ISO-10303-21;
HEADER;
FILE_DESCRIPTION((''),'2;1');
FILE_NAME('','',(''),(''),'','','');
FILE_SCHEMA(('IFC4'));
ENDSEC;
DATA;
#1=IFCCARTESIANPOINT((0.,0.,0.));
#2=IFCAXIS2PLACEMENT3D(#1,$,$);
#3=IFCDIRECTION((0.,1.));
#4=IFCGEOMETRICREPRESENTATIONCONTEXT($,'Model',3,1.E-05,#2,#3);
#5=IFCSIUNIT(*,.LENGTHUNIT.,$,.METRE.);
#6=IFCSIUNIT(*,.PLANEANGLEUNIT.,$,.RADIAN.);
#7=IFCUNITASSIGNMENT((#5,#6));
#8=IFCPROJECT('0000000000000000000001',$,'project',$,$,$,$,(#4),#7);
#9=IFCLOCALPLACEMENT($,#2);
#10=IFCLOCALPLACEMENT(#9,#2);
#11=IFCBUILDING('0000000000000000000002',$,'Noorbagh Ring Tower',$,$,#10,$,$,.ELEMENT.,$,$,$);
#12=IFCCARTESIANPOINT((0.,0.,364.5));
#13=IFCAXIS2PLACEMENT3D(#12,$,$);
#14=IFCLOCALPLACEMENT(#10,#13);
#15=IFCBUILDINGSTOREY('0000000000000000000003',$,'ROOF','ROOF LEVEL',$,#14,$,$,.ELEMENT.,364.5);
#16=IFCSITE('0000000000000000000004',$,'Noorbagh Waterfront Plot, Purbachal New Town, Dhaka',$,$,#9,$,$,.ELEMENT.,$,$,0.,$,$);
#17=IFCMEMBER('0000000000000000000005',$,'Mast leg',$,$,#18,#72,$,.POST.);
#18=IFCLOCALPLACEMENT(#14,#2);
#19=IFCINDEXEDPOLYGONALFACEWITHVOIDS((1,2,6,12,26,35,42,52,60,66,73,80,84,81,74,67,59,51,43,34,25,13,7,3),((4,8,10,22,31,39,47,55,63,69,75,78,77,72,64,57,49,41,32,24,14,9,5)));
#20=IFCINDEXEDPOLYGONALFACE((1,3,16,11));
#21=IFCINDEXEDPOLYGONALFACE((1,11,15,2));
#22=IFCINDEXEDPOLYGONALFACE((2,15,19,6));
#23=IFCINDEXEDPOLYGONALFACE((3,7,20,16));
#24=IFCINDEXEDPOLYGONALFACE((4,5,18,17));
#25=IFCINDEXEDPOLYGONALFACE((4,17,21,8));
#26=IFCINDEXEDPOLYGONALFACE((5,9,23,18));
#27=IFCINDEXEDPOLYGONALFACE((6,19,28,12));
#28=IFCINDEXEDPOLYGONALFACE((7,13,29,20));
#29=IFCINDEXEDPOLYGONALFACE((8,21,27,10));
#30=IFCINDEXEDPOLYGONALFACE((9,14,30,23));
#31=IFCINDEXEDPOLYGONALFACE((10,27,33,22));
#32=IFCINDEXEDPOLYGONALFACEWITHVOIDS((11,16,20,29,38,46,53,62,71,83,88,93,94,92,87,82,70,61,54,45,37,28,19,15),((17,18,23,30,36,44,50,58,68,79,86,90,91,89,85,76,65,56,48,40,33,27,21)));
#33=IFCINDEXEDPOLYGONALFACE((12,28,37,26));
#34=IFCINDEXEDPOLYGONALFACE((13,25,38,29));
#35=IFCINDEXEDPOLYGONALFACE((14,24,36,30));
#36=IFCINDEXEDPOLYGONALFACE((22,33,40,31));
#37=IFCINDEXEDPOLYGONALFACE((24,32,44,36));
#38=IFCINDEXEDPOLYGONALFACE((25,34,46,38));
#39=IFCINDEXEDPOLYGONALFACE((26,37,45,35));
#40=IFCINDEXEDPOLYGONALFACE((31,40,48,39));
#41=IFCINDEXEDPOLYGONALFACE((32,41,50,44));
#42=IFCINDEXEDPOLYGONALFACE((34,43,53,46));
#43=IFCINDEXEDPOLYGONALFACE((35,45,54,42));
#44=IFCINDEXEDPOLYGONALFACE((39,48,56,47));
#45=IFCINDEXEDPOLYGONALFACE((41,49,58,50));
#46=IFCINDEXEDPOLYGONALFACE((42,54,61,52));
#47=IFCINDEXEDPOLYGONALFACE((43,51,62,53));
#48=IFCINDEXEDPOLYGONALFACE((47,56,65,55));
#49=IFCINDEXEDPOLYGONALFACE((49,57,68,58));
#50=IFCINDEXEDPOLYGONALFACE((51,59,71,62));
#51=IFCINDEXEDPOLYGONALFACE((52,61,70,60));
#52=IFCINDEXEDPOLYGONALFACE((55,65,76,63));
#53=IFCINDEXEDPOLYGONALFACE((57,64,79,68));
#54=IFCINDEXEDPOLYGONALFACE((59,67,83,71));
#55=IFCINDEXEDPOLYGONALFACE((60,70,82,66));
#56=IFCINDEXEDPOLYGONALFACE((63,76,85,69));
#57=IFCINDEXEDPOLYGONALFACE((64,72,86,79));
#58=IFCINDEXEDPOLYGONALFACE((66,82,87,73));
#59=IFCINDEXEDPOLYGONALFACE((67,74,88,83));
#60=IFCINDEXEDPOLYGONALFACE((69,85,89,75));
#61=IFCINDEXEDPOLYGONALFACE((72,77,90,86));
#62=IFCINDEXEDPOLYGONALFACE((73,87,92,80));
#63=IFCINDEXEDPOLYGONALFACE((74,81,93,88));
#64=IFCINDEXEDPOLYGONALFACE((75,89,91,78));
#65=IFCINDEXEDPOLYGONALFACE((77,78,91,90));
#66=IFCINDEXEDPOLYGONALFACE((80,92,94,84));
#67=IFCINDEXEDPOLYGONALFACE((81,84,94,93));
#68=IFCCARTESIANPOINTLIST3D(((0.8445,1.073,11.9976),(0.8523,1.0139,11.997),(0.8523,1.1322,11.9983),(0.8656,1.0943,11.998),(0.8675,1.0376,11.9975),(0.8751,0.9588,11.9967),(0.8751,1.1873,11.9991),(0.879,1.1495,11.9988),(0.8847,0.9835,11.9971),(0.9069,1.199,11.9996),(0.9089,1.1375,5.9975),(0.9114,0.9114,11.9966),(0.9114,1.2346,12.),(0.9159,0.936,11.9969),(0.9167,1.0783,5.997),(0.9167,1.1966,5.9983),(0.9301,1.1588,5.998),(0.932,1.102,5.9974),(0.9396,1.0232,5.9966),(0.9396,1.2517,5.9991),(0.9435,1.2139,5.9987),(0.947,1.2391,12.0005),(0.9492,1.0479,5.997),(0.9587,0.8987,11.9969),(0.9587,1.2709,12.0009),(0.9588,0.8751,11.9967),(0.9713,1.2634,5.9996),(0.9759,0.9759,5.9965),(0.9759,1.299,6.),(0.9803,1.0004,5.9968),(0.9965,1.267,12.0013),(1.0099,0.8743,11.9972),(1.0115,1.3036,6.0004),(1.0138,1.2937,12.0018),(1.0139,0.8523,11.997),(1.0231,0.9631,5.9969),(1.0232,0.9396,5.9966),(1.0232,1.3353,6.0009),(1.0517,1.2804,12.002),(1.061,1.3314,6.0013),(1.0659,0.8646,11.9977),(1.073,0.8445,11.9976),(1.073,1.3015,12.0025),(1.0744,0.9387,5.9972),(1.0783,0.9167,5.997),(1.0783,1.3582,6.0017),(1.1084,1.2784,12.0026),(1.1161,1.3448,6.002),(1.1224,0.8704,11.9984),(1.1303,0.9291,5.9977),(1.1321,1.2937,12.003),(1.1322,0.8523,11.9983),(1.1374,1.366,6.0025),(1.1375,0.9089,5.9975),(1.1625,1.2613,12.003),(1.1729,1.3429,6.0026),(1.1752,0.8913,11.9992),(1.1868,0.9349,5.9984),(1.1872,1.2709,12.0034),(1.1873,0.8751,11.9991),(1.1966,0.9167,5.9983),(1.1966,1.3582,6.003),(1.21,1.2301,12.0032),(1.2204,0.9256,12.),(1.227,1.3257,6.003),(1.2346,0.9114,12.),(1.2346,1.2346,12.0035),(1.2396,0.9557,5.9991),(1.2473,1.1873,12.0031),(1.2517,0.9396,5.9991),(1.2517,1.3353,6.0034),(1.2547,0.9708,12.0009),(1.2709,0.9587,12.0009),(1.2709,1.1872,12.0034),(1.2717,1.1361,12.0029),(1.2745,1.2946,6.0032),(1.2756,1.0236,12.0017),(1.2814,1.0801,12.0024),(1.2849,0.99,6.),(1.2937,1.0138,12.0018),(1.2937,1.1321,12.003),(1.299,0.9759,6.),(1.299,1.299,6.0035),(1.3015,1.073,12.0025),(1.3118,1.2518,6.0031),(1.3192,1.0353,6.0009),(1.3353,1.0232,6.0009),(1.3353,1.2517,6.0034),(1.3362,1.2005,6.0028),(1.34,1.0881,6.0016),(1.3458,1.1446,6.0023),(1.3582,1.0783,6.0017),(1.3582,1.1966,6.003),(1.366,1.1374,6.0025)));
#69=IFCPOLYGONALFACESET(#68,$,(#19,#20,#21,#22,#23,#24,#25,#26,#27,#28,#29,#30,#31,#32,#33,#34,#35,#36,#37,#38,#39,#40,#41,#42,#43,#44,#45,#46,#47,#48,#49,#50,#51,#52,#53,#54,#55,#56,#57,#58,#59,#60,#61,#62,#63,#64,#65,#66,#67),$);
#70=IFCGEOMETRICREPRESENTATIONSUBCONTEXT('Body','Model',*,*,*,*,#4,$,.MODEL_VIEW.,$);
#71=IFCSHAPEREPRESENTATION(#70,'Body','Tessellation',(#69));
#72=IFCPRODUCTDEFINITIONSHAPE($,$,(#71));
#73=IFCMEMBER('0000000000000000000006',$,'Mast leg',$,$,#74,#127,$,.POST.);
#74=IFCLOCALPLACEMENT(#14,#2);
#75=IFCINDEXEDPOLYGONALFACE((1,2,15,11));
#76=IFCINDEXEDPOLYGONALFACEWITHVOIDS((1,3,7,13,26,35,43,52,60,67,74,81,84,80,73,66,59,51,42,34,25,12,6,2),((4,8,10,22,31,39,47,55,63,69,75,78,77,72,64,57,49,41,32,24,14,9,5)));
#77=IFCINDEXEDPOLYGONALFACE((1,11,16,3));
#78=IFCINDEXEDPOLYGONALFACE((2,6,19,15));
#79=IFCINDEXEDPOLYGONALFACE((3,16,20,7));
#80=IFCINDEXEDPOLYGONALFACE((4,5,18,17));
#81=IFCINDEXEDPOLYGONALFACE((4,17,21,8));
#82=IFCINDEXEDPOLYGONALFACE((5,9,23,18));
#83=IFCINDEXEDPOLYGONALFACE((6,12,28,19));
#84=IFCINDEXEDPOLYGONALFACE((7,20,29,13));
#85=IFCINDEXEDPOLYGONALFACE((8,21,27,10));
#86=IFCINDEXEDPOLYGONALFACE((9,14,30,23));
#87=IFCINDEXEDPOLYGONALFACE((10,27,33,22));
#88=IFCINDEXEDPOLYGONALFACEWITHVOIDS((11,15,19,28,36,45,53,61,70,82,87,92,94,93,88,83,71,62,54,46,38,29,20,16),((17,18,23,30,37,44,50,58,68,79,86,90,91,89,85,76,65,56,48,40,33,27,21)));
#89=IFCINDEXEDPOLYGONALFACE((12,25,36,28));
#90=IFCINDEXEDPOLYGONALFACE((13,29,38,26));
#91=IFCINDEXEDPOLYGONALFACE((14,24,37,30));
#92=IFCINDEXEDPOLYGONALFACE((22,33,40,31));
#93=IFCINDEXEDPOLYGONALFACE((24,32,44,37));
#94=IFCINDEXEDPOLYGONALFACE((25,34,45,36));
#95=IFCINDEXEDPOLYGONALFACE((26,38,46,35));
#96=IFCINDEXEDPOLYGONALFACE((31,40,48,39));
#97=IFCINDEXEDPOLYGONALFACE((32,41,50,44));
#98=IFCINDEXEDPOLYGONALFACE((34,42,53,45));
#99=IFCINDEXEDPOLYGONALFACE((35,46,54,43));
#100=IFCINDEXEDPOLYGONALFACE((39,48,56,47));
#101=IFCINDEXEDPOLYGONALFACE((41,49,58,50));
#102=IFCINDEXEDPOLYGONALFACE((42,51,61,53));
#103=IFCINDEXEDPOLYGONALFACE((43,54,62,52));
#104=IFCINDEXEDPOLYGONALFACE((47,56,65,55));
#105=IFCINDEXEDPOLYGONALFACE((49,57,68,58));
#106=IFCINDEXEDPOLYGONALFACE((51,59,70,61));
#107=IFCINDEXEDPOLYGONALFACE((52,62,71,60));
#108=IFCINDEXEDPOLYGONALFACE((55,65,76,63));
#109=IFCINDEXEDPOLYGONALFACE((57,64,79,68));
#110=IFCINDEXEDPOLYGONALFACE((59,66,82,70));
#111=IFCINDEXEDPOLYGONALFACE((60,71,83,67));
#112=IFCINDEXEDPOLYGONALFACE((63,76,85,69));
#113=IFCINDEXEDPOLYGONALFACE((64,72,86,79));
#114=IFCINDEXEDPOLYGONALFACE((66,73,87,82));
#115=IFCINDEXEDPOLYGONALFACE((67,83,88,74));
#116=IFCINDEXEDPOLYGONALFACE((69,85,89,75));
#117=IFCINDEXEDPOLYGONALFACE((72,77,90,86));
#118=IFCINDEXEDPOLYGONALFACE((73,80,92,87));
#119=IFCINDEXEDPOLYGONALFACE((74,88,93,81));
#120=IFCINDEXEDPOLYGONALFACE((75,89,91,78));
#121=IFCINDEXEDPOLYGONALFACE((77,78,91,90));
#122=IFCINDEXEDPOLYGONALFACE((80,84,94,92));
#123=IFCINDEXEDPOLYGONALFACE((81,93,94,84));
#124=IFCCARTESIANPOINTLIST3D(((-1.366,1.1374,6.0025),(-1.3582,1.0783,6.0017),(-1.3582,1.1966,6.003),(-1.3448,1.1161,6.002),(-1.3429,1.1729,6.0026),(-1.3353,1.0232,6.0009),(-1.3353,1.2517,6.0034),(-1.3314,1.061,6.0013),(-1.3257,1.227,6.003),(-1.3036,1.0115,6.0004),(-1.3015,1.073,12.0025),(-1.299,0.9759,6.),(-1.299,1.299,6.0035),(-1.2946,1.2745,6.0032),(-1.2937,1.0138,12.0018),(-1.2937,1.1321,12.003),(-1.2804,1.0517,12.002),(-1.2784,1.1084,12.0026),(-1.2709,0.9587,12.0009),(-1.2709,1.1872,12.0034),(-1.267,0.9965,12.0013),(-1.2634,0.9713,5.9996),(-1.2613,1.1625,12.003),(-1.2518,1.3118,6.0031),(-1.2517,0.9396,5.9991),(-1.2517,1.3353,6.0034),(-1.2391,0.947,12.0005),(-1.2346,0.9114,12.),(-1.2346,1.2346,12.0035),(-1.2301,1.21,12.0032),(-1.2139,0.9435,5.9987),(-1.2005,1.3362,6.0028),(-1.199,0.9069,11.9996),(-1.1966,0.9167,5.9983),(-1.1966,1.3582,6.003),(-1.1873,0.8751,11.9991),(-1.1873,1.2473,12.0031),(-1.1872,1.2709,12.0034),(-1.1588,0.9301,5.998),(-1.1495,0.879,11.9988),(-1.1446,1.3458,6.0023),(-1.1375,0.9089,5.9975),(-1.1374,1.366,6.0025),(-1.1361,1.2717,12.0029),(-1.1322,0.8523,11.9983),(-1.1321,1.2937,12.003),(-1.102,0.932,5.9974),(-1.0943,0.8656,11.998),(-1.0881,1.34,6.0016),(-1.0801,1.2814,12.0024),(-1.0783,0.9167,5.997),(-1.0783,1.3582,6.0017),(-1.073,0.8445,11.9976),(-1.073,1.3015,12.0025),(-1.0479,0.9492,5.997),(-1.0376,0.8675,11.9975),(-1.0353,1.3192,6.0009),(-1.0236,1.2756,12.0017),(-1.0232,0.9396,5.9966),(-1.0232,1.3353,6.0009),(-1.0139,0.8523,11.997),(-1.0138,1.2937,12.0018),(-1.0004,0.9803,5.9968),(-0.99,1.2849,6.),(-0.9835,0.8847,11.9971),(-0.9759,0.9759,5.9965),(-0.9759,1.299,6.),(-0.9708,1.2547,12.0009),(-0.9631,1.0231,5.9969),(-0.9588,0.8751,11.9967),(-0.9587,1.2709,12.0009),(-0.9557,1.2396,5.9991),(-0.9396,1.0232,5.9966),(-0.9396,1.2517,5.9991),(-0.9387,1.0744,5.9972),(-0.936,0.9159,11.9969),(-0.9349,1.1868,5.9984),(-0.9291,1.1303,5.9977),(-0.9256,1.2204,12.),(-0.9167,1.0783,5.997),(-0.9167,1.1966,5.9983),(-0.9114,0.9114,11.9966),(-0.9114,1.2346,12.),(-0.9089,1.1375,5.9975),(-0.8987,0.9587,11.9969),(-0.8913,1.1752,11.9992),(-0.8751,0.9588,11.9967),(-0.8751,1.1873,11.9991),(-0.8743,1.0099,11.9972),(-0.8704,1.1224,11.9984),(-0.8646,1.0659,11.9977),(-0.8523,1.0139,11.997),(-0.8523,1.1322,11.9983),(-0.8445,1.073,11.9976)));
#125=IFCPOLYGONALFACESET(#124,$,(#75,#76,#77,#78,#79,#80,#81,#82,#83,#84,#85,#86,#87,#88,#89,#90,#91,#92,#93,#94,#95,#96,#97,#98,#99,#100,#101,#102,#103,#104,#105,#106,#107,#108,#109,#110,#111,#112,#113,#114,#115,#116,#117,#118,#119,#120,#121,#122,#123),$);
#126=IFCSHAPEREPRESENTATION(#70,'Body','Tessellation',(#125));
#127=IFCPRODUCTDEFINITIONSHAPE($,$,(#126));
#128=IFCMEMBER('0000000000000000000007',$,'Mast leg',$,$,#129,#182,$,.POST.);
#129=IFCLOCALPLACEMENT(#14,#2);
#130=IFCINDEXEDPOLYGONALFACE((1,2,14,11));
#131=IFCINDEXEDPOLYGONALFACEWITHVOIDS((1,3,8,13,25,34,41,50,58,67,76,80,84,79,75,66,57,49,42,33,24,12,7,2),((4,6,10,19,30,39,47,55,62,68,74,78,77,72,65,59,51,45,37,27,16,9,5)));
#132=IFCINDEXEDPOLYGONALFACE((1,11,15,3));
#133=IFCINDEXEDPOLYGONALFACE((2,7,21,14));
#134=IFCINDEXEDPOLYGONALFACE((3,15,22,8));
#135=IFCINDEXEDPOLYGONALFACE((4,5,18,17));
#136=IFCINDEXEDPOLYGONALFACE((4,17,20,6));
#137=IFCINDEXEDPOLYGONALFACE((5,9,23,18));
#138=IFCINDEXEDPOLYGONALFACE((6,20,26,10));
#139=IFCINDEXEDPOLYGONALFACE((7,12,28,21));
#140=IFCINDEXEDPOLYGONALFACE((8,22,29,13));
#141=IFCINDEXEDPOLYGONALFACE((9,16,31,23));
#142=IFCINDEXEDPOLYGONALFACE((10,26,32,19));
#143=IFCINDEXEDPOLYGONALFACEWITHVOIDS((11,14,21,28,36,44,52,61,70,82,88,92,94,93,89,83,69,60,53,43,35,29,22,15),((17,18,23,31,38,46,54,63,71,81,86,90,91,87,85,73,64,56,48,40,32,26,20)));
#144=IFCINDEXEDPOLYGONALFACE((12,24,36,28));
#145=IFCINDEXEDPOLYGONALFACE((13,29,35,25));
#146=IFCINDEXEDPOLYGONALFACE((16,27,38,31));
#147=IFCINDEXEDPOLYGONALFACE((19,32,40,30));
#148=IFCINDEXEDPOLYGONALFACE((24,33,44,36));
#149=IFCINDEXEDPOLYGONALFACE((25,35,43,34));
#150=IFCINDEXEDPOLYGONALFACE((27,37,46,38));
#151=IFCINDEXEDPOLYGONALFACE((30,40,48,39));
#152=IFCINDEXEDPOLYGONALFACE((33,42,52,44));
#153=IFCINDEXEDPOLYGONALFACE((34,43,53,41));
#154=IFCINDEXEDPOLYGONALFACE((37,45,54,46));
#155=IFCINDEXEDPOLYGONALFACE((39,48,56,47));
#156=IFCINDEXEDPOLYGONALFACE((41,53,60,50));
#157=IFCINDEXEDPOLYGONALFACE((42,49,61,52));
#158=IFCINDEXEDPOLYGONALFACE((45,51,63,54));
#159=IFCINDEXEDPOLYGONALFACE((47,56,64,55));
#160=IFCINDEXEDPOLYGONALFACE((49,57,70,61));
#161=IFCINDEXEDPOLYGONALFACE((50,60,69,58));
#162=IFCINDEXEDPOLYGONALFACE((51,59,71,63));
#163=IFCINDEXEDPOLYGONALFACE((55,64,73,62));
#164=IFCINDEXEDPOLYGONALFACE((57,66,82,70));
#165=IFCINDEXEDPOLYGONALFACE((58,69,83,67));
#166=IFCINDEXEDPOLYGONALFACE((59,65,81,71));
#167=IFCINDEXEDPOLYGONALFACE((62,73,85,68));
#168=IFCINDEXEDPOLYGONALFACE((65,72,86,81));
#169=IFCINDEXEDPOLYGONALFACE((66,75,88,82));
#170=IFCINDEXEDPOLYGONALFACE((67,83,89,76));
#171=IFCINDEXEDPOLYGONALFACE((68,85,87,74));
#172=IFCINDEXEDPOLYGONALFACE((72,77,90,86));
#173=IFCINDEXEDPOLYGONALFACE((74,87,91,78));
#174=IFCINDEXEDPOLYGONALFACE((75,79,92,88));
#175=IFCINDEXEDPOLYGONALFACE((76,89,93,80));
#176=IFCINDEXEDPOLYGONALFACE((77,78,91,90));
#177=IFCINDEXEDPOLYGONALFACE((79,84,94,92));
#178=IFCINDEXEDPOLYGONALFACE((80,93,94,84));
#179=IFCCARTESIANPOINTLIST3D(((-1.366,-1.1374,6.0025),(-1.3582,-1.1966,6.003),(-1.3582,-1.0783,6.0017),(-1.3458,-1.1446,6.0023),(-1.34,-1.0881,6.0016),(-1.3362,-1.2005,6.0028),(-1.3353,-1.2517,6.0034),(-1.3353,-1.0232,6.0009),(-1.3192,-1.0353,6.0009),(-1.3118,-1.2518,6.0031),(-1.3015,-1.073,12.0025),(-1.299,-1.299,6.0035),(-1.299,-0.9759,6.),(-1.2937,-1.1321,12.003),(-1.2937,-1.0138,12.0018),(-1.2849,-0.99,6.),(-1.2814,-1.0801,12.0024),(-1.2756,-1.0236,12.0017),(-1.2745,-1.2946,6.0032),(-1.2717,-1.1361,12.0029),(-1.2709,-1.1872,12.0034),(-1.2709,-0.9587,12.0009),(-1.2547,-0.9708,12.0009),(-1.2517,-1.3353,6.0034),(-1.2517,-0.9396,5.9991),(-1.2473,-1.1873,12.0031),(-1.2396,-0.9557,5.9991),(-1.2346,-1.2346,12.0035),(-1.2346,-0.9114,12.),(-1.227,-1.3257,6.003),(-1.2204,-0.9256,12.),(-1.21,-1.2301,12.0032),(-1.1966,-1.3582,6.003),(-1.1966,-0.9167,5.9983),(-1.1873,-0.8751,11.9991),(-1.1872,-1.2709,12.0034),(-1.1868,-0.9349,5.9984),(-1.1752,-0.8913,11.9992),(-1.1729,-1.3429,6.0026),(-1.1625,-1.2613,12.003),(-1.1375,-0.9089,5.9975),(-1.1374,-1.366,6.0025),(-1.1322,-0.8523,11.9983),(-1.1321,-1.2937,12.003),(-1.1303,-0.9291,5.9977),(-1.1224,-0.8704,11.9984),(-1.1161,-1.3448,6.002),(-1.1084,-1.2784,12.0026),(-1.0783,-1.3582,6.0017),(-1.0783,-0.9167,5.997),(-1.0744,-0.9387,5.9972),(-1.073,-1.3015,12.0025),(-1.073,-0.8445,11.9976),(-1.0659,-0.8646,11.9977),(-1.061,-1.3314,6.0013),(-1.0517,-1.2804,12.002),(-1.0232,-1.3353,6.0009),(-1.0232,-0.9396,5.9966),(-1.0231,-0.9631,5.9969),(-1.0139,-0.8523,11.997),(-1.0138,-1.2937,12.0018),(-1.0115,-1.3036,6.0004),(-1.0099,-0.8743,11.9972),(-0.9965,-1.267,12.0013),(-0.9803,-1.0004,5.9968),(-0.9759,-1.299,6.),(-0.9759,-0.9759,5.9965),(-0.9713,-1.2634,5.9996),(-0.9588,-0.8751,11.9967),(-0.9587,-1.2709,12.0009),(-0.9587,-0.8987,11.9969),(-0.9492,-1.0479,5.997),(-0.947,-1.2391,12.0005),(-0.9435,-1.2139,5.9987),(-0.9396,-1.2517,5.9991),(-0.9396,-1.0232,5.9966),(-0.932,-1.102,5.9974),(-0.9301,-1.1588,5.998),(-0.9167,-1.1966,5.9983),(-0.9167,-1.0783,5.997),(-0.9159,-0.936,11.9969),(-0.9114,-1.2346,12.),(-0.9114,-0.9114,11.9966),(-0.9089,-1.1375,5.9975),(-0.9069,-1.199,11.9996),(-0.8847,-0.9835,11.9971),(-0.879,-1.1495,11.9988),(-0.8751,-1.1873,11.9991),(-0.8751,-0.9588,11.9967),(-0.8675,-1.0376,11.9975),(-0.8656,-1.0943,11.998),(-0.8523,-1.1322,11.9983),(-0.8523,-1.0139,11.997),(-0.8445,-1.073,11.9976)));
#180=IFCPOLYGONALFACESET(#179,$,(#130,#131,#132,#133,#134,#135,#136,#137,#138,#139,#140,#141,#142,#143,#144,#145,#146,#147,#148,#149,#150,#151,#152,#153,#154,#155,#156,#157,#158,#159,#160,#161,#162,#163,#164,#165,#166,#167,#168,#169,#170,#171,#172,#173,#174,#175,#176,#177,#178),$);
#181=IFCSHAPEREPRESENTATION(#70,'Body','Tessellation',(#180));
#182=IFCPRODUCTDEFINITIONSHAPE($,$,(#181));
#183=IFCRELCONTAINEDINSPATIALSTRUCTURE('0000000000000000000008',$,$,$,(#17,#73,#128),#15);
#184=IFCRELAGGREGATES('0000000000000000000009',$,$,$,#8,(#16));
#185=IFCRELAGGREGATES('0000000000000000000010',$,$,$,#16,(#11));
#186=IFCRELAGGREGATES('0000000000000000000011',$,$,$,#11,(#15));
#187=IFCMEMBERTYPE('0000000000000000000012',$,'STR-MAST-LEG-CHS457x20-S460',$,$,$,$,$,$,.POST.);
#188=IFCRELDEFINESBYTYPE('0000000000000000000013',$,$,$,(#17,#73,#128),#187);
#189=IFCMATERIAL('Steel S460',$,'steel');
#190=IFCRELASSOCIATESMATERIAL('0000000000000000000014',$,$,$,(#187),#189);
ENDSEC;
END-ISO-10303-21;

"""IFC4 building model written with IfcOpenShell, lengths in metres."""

from ifc_helpers import new_model, si_unit, direction, frame, origin, origin_2d, place, context, subcontext, project, spatial, hollow_circle, extrude, material, material_profile, profile_set, type_object, element, save


model = new_model("IFC4")

# Units and contexts
model_context = context("Model", 3, precision=1e-05, world=origin(), true_north=direction((0.0, 1.0)))
body_context = subcontext(model_context, "Body", "Model", "MODEL_VIEW")
ifc_project = project(units=[si_unit("LENGTHUNIT", "METRE"), si_unit("PLANEANGLEUNIT", "RADIAN")], contexts=[model_context])

# Site, building, storey
site_placement = place(None, origin())
site = spatial("IfcSite", under=ifc_project, at=site_placement, Name="Noorbagh Waterfront Plot, Purbachal New Town, Dhaka", CompositionType="ELEMENT", RefElevation=0.0)
building_placement = place(site_placement, origin())
building = spatial("IfcBuilding", under=site, at=building_placement, Name="Noorbagh Ring Tower", CompositionType="ELEMENT")
storey_placement = place(building_placement, frame((0.0, 0.0, 364.5)))
storey = spatial("IfcBuildingStorey", under=building, at=storey_placement, Name="ROOF", Description="ROOF LEVEL", CompositionType="ELEMENT", Elevation=364.5)

# Members
ifc_material_1 = material(Name="Steel S460", Category="steel")
ifc_material_profile_1 = material_profile(ifc_material_1, hollow_circle(Radius=0.2285, WallThickness=0.02, at=origin_2d()), Name="CHS457x20")
ifc_profile_set_1 = profile_set([ifc_material_profile_1], Name="Steel S460")
member_type_1 = type_object("IfcMemberType", Name="STR-MAST-LEG-CHS457x20-S460", PredefinedType="POST", material=ifc_profile_set_1)
for number, where, z_axis, x_axis, name in (
    (1, (1.1375, 1.1375, 6.0), (-0.010741, -0.010741, 0.999885), (0.707107, -0.707107, 0.0), "Mast leg"),
    (2, (-1.1375, 1.1375, 6.0), (0.010741, -0.010741, 0.999885), (0.707107, 0.707107, 0.0), "Mast leg"),
    (3, (-1.1375, -1.1375, 6.0), (0.010741, 0.010741, 0.999885), (-0.707107, 0.707107, 0.0), "Mast leg"),
):
    element("IfcMember", number, at=place(storey_placement, frame(where, z_axis=z_axis, x_axis=x_axis)), inside=storey, type_object=member_type_1, Name=name, PredefinedType="POST", context=body_context, shape_type="SweptSolid", body=[
        extrude(hollow_circle(Radius=0.2285, WallThickness=0.02, at=origin_2d()), origin(), (0.0, 0.0, 1.0), 6.0007),
    ])

save(model, "model.ifc")
